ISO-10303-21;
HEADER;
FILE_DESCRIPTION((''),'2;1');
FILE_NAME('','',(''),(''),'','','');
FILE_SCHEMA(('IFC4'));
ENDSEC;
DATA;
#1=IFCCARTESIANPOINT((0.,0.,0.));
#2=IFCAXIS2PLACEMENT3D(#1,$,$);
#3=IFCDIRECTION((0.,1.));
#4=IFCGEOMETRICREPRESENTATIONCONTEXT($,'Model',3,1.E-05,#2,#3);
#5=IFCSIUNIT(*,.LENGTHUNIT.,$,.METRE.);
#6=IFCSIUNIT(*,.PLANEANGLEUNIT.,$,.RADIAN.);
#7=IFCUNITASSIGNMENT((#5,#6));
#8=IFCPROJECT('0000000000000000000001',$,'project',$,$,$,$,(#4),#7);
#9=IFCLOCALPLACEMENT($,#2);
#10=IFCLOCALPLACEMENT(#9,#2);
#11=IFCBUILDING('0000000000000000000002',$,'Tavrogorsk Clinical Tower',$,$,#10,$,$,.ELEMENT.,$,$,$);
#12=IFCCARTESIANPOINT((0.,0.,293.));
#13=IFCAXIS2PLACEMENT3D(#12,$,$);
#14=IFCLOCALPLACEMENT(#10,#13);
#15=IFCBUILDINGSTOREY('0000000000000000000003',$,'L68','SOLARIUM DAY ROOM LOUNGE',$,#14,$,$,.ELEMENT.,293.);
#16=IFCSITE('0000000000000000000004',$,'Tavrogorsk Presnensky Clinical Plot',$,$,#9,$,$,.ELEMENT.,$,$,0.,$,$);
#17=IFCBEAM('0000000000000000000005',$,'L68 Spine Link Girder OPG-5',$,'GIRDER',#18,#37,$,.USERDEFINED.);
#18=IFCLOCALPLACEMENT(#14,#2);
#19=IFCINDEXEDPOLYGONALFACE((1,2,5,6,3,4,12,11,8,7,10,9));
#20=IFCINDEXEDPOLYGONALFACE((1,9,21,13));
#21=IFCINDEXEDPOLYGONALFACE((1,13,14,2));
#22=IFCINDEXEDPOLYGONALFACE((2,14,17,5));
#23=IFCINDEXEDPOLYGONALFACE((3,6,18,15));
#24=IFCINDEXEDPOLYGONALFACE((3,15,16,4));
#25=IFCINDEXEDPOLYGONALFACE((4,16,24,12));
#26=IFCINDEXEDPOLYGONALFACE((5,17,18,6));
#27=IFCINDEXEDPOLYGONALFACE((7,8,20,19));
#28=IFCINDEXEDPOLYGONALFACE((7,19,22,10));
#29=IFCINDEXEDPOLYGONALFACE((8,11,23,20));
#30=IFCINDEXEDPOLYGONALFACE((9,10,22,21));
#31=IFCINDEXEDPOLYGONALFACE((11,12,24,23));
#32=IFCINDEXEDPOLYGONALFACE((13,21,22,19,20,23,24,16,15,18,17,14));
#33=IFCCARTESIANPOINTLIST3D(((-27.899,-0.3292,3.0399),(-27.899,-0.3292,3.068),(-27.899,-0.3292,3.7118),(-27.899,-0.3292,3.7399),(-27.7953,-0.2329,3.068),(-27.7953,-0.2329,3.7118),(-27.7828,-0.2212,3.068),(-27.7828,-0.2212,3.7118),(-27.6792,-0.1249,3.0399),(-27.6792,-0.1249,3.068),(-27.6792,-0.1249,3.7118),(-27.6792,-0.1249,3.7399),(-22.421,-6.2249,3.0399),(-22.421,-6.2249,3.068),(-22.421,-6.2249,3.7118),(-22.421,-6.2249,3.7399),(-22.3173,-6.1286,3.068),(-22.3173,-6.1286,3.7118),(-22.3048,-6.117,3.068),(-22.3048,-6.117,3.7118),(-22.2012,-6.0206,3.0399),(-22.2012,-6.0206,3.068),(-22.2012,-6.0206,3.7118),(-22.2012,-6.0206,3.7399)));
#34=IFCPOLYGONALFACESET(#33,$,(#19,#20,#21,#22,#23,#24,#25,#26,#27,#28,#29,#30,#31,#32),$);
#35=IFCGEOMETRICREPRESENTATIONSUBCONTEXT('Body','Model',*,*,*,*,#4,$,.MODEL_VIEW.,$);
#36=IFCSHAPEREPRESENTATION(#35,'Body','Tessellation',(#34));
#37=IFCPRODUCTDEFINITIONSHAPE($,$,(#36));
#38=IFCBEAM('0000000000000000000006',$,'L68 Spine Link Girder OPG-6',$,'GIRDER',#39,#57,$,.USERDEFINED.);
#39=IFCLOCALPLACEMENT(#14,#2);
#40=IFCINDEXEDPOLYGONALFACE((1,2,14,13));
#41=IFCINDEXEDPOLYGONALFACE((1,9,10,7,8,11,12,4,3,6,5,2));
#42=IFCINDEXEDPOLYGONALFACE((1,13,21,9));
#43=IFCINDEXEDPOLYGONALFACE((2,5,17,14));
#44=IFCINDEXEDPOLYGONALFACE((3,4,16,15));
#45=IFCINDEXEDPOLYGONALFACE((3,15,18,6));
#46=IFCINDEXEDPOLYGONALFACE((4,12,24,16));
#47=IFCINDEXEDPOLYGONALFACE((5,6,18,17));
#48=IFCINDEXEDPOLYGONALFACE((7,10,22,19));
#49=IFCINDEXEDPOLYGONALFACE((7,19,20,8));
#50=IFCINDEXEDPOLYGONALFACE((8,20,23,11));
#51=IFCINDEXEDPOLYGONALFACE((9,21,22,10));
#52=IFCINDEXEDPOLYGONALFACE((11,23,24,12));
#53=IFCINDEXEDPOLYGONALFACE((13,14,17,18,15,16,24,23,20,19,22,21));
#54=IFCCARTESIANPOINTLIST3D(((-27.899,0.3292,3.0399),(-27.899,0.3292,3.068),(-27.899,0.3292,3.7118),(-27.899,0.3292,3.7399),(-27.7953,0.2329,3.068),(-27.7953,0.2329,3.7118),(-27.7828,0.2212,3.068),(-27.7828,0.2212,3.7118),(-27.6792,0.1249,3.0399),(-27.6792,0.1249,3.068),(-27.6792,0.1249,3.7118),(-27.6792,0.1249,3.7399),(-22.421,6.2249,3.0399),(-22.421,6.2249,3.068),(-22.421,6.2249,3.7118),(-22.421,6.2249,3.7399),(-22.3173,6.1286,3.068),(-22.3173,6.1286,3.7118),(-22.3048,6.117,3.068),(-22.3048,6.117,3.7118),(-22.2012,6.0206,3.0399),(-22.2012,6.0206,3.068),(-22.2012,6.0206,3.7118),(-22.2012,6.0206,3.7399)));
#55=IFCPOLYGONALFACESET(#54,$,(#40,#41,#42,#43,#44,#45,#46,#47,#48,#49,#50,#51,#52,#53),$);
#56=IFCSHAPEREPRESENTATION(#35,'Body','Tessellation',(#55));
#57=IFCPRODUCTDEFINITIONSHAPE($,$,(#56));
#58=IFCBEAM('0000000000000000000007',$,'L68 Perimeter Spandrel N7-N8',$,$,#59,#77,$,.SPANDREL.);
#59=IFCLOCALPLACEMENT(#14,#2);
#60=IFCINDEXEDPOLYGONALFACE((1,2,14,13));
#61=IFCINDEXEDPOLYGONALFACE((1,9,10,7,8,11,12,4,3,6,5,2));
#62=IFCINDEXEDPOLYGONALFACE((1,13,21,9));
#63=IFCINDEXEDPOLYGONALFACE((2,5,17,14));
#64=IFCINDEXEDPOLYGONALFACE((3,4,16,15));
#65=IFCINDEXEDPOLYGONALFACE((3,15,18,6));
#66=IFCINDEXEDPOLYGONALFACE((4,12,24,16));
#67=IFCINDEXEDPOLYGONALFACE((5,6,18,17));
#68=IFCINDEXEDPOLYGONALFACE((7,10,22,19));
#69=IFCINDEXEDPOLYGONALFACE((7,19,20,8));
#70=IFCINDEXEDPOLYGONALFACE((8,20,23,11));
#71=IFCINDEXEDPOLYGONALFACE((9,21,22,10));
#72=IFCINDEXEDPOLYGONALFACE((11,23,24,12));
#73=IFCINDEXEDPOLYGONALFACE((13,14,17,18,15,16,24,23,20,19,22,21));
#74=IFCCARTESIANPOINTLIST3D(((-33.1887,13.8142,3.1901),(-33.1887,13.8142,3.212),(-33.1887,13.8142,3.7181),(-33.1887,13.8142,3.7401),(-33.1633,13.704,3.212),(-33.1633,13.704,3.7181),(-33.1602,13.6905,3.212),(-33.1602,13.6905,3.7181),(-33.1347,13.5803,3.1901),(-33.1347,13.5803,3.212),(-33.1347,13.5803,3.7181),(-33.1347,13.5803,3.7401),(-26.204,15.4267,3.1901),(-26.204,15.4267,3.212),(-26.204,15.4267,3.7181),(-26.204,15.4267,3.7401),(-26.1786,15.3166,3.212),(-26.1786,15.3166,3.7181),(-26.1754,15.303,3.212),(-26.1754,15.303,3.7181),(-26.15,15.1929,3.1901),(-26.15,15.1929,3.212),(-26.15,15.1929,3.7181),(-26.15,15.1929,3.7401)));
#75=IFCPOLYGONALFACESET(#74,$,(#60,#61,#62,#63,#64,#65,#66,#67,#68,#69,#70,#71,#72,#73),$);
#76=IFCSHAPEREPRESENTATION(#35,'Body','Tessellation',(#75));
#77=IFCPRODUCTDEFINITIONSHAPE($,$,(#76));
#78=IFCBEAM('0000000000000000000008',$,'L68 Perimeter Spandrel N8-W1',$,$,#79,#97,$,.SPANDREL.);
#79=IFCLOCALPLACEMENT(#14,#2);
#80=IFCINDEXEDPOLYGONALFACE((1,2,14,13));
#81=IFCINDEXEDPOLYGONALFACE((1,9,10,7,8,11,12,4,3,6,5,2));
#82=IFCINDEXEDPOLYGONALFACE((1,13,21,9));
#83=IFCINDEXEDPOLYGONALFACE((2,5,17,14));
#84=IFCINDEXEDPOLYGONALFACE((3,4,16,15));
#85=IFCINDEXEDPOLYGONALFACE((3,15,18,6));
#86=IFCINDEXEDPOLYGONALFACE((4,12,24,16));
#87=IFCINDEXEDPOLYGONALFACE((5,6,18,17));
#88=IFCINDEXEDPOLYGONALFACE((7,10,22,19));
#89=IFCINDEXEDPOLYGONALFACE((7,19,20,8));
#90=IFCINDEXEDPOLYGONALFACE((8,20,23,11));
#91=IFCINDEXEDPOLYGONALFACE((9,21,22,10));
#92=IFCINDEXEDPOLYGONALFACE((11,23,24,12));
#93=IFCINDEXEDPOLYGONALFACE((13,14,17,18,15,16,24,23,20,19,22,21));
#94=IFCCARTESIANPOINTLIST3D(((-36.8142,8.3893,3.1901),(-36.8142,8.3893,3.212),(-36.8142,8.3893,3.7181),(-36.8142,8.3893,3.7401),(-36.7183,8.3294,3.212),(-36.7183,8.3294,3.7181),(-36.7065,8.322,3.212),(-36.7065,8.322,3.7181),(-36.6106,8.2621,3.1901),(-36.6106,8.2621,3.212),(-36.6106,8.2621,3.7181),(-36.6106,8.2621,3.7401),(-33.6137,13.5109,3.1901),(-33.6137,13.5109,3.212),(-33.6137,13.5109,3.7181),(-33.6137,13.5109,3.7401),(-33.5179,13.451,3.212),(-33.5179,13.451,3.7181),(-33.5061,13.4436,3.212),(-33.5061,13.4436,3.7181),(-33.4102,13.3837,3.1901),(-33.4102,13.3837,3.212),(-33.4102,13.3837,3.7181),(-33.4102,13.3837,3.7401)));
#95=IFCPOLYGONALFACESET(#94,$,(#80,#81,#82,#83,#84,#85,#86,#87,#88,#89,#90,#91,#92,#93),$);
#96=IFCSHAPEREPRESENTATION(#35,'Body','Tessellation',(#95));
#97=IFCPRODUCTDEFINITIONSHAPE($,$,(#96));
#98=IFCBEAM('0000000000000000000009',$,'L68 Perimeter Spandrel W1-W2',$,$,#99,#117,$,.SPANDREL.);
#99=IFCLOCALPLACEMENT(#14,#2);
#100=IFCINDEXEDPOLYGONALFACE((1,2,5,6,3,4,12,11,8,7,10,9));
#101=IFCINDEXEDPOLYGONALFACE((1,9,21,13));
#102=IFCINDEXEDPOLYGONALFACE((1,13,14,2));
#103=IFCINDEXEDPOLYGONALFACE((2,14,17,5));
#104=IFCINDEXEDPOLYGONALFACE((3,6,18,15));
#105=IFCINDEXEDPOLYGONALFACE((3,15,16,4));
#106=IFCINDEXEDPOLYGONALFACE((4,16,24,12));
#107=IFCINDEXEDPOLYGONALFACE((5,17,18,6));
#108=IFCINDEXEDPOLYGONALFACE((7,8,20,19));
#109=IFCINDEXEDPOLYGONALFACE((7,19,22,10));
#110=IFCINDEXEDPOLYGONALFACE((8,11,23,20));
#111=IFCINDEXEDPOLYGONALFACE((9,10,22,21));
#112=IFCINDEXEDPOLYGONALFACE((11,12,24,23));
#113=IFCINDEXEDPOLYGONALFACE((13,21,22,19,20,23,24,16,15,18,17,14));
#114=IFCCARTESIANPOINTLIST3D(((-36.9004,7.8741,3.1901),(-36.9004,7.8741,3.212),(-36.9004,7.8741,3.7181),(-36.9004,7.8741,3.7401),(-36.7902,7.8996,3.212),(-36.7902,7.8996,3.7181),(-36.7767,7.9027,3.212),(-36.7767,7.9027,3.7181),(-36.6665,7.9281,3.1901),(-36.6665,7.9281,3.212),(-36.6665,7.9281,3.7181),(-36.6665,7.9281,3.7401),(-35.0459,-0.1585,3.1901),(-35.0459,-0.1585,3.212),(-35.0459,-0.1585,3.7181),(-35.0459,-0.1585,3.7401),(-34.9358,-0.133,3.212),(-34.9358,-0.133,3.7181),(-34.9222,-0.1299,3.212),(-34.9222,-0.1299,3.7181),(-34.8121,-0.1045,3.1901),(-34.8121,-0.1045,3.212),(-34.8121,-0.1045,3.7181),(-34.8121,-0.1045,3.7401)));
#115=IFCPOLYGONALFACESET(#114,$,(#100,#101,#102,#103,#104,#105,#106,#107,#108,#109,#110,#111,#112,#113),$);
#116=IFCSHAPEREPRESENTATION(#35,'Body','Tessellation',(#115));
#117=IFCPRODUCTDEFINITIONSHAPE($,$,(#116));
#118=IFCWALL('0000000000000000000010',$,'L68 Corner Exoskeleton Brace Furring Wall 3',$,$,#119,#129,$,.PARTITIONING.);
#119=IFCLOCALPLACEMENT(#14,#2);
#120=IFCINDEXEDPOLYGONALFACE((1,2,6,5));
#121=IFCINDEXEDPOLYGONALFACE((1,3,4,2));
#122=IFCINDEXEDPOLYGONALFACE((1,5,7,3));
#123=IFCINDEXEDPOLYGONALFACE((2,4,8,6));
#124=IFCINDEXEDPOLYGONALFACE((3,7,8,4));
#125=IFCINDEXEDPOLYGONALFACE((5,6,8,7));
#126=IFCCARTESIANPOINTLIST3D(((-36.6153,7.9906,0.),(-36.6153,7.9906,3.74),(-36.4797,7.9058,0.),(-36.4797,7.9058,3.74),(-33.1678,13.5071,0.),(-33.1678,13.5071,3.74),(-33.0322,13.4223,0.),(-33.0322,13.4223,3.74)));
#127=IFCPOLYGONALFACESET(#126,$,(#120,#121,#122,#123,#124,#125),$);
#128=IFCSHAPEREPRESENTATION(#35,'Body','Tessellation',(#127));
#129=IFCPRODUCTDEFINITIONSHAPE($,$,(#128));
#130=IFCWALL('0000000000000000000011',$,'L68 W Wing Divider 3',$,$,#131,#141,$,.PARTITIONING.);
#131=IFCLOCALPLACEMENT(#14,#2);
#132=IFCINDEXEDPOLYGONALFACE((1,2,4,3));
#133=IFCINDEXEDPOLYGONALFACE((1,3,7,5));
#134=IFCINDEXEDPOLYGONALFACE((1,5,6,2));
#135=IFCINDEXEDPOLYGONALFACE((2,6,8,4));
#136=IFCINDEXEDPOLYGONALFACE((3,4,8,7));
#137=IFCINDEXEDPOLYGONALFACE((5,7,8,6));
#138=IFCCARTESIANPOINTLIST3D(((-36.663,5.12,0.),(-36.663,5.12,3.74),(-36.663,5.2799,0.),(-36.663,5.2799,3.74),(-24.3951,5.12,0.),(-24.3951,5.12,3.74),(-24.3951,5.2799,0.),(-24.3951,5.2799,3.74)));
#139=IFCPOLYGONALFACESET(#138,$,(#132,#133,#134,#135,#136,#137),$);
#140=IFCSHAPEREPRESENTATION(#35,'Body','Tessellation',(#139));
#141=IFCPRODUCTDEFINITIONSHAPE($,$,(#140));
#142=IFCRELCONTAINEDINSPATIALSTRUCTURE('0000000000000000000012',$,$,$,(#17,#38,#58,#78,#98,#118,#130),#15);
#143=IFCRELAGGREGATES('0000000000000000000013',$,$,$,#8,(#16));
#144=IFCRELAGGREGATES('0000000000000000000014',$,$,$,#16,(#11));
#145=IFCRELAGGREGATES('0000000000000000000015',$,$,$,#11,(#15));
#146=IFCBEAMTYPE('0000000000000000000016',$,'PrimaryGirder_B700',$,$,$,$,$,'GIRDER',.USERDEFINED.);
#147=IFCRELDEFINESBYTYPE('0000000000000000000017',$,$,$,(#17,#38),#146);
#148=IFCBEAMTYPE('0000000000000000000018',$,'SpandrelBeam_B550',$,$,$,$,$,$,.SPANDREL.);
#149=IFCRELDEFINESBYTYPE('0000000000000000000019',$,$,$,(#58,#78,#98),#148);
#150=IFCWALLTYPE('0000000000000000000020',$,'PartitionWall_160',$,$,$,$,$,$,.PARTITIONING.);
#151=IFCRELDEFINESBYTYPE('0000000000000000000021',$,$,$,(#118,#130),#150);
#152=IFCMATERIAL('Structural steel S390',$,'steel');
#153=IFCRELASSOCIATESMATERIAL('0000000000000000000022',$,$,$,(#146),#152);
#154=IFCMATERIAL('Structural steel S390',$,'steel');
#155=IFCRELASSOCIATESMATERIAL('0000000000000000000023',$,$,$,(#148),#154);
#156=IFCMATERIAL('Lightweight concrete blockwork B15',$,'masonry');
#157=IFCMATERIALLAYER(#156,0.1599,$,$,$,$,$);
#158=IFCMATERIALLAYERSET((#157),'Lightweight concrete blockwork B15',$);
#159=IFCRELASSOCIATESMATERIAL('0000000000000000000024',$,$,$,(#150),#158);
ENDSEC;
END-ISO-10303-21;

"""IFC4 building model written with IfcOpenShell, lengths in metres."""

from ifc_helpers import new_model, si_unit, direction, frame, frame_2d, origin, origin_2d, place, context, subcontext, project, spatial, rectangle, i_section, extrude, material, layer, layer_set, material_profile, profile_set, type_object, element, save


model = new_model("IFC4")

# Units and contexts
model_context = context("Model", 3, precision=1e-05, world=origin(), true_north=direction((0.0, 1.0)))
body_context = subcontext(model_context, "Body", "Model", "MODEL_VIEW")
ifc_project = project(units=[si_unit("LENGTHUNIT", "METRE"), si_unit("PLANEANGLEUNIT", "RADIAN")], contexts=[model_context])

# Site, building, storey
site_placement = place(None, origin())
site = spatial("IfcSite", under=ifc_project, at=site_placement, Name="Tavrogorsk Presnensky Clinical Plot", CompositionType="ELEMENT", RefElevation=0.0)
building_placement = place(site_placement, origin())
building = spatial("IfcBuilding", under=site, at=building_placement, Name="Tavrogorsk Clinical Tower", CompositionType="ELEMENT")
storey_placement = place(building_placement, frame((0.0, 0.0, 293.0)))
storey = spatial("IfcBuildingStorey", under=building, at=storey_placement, Name="L68", Description="SOLARIUM DAY ROOM LOUNGE", CompositionType="ELEMENT", Elevation=293.0)

# Beams
ifc_material_1 = material(Name="Structural steel S390", Category="steel")
ifc_material_profile_1 = material_profile(ifc_material_1, i_section(OverallWidth=0.3, OverallDepth=0.7, WebThickness=0.0171, FlangeThickness=0.0281, at=origin_2d()), Name="B-700x300x17x28")
ifc_profile_set_1 = profile_set([ifc_material_profile_1], Name="Structural steel S390")
beam_type_1 = type_object("IfcBeamType", Name="PrimaryGirder_B700", ElementType="GIRDER", PredefinedType="USERDEFINED", material=ifc_profile_set_1)
for number, where, z_axis, x_axis, name in (
    (1, (-27.7891, -0.2271, 3.3899), (0.680678, -0.732583, 0.0), (0.732583, 0.680678, 0.0), "L68 Spine Link Girder OPG-5"),
    (2, (-27.7891, 0.2271, 3.3899), (0.680678, 0.732583, 0.0), (-0.732583, 0.680678, 0.0), "L68 Spine Link Girder OPG-6"),
):
    element("IfcBeam", number, at=place(storey_placement, frame(where, z_axis=z_axis, x_axis=x_axis)), inside=storey, type_object=beam_type_1, Name=name, ObjectType="GIRDER", PredefinedType="USERDEFINED", context=body_context, shape_type="SweptSolid", body=[
        extrude(i_section(OverallWidth=0.3, OverallDepth=0.7, WebThickness=0.0171, FlangeThickness=0.0281, at=origin_2d()), origin(), (0.0, 0.0, 1.0), 8.0479),
    ])
ifc_material_2 = material(Name="Structural steel S390", Category="steel")
ifc_material_profile_2 = material_profile(ifc_material_2, i_section(OverallWidth=0.24, OverallDepth=0.55, WebThickness=0.0139, FlangeThickness=0.022, at=origin_2d()), Name="B-550x240x14x22")
ifc_profile_set_2 = profile_set([ifc_material_profile_2], Name="Structural steel S390")
beam_type_2 = type_object("IfcBeamType", Name="SpandrelBeam_B550", PredefinedType="SPANDREL", material=ifc_profile_set_2)
beam_1_placement = place(storey_placement, frame((-26.177, 15.3098, 3.4651), z_axis=(-0.974369, -0.224954, 0.0), x_axis=(0.224954, -0.974369, 0.0)))
element("IfcBeam", 3, at=beam_1_placement, inside=storey, type_object=beam_type_2, Name="L68 Perimeter Spandrel N7-N8", PredefinedType="SPANDREL", context=body_context, shape_type="SweptSolid", body=[
    extrude(i_section(OverallWidth=0.24, OverallDepth=0.55, WebThickness=0.0139, FlangeThickness=0.022, at=origin_2d()), origin(), (0.0, 0.0, 1.0), 7.1685),
])
beam_2_placement = place(storey_placement, frame((-33.512, 13.4473, 3.4651), z_axis=(-0.529934, -0.848039, 0.0), x_axis=(0.848039, -0.529934, 0.0)))
element("IfcBeam", 4, at=beam_2_placement, inside=storey, type_object=beam_type_2, Name="L68 Perimeter Spandrel N8-W1", PredefinedType="SPANDREL", context=body_context, shape_type="SweptSolid", body=[
    extrude(i_section(OverallWidth=0.24, OverallDepth=0.55, WebThickness=0.0139, FlangeThickness=0.022, at=origin_2d()), origin(), (0.0, 0.0, 1.0), 6.0393),
])
beam_3_placement = place(storey_placement, frame((-36.7834, 7.9011, 3.4651), z_axis=(0.22495, -0.97437, 0.0), x_axis=(0.97437, 0.22495, 0.0)))
element("IfcBeam", 5, at=beam_3_placement, inside=storey, type_object=beam_type_2, Name="L68 Perimeter Spandrel W1-W2", PredefinedType="SPANDREL", context=body_context, shape_type="SweptSolid", body=[
    extrude(i_section(OverallWidth=0.24, OverallDepth=0.55, WebThickness=0.0139, FlangeThickness=0.022, at=origin_2d()), origin(), (0.0, 0.0, 1.0), 8.2439),
])

# Walls
ifc_material_3 = material(Name="Lightweight concrete blockwork B15", Category="masonry")
ifc_layer_1 = layer(ifc_material_3, 0.1599)
ifc_layer_set_1 = layer_set([ifc_layer_1], Name="Lightweight concrete blockwork B15")
wall_type_1 = type_object("IfcWallType", Name="PartitionWall_160", PredefinedType="PARTITIONING", material=ifc_layer_set_1)
wall_1_placement = place(storey_placement, frame((-33.1001, 13.4646, 0.0), z_axis=(0.0, 0.0, 1.0), x_axis=(-0.529958, -0.848024, 0.0)))
element("IfcWall", 6, at=wall_1_placement, inside=storey, type_object=wall_type_1, Name="L68 Corner Exoskeleton Brace Furring Wall 3", PredefinedType="PARTITIONING", context=body_context, shape_type="SweptSolid", body=[
    extrude(rectangle(XDim=6.5051, YDim=0.1599, at=frame_2d((3.2524, 0.0))), origin(), (0.0, 0.0, 1.0), 3.74),
])
wall_2_placement = place(storey_placement, frame((-36.6628, 5.2, 0.0), z_axis=(0.0, 0.0, 1.0), x_axis=(1.0, 0.0, 0.0)))
element("IfcWall", 7, at=wall_2_placement, inside=storey, type_object=wall_type_1, Name="L68 W Wing Divider 3", PredefinedType="PARTITIONING", context=body_context, shape_type="SweptSolid", body=[
    extrude(rectangle(XDim=12.2678, YDim=0.1599, at=frame_2d((6.1338, 0.0))), origin(), (0.0, 0.0, 1.0), 3.74),
])

save(model, "model.ifc")
